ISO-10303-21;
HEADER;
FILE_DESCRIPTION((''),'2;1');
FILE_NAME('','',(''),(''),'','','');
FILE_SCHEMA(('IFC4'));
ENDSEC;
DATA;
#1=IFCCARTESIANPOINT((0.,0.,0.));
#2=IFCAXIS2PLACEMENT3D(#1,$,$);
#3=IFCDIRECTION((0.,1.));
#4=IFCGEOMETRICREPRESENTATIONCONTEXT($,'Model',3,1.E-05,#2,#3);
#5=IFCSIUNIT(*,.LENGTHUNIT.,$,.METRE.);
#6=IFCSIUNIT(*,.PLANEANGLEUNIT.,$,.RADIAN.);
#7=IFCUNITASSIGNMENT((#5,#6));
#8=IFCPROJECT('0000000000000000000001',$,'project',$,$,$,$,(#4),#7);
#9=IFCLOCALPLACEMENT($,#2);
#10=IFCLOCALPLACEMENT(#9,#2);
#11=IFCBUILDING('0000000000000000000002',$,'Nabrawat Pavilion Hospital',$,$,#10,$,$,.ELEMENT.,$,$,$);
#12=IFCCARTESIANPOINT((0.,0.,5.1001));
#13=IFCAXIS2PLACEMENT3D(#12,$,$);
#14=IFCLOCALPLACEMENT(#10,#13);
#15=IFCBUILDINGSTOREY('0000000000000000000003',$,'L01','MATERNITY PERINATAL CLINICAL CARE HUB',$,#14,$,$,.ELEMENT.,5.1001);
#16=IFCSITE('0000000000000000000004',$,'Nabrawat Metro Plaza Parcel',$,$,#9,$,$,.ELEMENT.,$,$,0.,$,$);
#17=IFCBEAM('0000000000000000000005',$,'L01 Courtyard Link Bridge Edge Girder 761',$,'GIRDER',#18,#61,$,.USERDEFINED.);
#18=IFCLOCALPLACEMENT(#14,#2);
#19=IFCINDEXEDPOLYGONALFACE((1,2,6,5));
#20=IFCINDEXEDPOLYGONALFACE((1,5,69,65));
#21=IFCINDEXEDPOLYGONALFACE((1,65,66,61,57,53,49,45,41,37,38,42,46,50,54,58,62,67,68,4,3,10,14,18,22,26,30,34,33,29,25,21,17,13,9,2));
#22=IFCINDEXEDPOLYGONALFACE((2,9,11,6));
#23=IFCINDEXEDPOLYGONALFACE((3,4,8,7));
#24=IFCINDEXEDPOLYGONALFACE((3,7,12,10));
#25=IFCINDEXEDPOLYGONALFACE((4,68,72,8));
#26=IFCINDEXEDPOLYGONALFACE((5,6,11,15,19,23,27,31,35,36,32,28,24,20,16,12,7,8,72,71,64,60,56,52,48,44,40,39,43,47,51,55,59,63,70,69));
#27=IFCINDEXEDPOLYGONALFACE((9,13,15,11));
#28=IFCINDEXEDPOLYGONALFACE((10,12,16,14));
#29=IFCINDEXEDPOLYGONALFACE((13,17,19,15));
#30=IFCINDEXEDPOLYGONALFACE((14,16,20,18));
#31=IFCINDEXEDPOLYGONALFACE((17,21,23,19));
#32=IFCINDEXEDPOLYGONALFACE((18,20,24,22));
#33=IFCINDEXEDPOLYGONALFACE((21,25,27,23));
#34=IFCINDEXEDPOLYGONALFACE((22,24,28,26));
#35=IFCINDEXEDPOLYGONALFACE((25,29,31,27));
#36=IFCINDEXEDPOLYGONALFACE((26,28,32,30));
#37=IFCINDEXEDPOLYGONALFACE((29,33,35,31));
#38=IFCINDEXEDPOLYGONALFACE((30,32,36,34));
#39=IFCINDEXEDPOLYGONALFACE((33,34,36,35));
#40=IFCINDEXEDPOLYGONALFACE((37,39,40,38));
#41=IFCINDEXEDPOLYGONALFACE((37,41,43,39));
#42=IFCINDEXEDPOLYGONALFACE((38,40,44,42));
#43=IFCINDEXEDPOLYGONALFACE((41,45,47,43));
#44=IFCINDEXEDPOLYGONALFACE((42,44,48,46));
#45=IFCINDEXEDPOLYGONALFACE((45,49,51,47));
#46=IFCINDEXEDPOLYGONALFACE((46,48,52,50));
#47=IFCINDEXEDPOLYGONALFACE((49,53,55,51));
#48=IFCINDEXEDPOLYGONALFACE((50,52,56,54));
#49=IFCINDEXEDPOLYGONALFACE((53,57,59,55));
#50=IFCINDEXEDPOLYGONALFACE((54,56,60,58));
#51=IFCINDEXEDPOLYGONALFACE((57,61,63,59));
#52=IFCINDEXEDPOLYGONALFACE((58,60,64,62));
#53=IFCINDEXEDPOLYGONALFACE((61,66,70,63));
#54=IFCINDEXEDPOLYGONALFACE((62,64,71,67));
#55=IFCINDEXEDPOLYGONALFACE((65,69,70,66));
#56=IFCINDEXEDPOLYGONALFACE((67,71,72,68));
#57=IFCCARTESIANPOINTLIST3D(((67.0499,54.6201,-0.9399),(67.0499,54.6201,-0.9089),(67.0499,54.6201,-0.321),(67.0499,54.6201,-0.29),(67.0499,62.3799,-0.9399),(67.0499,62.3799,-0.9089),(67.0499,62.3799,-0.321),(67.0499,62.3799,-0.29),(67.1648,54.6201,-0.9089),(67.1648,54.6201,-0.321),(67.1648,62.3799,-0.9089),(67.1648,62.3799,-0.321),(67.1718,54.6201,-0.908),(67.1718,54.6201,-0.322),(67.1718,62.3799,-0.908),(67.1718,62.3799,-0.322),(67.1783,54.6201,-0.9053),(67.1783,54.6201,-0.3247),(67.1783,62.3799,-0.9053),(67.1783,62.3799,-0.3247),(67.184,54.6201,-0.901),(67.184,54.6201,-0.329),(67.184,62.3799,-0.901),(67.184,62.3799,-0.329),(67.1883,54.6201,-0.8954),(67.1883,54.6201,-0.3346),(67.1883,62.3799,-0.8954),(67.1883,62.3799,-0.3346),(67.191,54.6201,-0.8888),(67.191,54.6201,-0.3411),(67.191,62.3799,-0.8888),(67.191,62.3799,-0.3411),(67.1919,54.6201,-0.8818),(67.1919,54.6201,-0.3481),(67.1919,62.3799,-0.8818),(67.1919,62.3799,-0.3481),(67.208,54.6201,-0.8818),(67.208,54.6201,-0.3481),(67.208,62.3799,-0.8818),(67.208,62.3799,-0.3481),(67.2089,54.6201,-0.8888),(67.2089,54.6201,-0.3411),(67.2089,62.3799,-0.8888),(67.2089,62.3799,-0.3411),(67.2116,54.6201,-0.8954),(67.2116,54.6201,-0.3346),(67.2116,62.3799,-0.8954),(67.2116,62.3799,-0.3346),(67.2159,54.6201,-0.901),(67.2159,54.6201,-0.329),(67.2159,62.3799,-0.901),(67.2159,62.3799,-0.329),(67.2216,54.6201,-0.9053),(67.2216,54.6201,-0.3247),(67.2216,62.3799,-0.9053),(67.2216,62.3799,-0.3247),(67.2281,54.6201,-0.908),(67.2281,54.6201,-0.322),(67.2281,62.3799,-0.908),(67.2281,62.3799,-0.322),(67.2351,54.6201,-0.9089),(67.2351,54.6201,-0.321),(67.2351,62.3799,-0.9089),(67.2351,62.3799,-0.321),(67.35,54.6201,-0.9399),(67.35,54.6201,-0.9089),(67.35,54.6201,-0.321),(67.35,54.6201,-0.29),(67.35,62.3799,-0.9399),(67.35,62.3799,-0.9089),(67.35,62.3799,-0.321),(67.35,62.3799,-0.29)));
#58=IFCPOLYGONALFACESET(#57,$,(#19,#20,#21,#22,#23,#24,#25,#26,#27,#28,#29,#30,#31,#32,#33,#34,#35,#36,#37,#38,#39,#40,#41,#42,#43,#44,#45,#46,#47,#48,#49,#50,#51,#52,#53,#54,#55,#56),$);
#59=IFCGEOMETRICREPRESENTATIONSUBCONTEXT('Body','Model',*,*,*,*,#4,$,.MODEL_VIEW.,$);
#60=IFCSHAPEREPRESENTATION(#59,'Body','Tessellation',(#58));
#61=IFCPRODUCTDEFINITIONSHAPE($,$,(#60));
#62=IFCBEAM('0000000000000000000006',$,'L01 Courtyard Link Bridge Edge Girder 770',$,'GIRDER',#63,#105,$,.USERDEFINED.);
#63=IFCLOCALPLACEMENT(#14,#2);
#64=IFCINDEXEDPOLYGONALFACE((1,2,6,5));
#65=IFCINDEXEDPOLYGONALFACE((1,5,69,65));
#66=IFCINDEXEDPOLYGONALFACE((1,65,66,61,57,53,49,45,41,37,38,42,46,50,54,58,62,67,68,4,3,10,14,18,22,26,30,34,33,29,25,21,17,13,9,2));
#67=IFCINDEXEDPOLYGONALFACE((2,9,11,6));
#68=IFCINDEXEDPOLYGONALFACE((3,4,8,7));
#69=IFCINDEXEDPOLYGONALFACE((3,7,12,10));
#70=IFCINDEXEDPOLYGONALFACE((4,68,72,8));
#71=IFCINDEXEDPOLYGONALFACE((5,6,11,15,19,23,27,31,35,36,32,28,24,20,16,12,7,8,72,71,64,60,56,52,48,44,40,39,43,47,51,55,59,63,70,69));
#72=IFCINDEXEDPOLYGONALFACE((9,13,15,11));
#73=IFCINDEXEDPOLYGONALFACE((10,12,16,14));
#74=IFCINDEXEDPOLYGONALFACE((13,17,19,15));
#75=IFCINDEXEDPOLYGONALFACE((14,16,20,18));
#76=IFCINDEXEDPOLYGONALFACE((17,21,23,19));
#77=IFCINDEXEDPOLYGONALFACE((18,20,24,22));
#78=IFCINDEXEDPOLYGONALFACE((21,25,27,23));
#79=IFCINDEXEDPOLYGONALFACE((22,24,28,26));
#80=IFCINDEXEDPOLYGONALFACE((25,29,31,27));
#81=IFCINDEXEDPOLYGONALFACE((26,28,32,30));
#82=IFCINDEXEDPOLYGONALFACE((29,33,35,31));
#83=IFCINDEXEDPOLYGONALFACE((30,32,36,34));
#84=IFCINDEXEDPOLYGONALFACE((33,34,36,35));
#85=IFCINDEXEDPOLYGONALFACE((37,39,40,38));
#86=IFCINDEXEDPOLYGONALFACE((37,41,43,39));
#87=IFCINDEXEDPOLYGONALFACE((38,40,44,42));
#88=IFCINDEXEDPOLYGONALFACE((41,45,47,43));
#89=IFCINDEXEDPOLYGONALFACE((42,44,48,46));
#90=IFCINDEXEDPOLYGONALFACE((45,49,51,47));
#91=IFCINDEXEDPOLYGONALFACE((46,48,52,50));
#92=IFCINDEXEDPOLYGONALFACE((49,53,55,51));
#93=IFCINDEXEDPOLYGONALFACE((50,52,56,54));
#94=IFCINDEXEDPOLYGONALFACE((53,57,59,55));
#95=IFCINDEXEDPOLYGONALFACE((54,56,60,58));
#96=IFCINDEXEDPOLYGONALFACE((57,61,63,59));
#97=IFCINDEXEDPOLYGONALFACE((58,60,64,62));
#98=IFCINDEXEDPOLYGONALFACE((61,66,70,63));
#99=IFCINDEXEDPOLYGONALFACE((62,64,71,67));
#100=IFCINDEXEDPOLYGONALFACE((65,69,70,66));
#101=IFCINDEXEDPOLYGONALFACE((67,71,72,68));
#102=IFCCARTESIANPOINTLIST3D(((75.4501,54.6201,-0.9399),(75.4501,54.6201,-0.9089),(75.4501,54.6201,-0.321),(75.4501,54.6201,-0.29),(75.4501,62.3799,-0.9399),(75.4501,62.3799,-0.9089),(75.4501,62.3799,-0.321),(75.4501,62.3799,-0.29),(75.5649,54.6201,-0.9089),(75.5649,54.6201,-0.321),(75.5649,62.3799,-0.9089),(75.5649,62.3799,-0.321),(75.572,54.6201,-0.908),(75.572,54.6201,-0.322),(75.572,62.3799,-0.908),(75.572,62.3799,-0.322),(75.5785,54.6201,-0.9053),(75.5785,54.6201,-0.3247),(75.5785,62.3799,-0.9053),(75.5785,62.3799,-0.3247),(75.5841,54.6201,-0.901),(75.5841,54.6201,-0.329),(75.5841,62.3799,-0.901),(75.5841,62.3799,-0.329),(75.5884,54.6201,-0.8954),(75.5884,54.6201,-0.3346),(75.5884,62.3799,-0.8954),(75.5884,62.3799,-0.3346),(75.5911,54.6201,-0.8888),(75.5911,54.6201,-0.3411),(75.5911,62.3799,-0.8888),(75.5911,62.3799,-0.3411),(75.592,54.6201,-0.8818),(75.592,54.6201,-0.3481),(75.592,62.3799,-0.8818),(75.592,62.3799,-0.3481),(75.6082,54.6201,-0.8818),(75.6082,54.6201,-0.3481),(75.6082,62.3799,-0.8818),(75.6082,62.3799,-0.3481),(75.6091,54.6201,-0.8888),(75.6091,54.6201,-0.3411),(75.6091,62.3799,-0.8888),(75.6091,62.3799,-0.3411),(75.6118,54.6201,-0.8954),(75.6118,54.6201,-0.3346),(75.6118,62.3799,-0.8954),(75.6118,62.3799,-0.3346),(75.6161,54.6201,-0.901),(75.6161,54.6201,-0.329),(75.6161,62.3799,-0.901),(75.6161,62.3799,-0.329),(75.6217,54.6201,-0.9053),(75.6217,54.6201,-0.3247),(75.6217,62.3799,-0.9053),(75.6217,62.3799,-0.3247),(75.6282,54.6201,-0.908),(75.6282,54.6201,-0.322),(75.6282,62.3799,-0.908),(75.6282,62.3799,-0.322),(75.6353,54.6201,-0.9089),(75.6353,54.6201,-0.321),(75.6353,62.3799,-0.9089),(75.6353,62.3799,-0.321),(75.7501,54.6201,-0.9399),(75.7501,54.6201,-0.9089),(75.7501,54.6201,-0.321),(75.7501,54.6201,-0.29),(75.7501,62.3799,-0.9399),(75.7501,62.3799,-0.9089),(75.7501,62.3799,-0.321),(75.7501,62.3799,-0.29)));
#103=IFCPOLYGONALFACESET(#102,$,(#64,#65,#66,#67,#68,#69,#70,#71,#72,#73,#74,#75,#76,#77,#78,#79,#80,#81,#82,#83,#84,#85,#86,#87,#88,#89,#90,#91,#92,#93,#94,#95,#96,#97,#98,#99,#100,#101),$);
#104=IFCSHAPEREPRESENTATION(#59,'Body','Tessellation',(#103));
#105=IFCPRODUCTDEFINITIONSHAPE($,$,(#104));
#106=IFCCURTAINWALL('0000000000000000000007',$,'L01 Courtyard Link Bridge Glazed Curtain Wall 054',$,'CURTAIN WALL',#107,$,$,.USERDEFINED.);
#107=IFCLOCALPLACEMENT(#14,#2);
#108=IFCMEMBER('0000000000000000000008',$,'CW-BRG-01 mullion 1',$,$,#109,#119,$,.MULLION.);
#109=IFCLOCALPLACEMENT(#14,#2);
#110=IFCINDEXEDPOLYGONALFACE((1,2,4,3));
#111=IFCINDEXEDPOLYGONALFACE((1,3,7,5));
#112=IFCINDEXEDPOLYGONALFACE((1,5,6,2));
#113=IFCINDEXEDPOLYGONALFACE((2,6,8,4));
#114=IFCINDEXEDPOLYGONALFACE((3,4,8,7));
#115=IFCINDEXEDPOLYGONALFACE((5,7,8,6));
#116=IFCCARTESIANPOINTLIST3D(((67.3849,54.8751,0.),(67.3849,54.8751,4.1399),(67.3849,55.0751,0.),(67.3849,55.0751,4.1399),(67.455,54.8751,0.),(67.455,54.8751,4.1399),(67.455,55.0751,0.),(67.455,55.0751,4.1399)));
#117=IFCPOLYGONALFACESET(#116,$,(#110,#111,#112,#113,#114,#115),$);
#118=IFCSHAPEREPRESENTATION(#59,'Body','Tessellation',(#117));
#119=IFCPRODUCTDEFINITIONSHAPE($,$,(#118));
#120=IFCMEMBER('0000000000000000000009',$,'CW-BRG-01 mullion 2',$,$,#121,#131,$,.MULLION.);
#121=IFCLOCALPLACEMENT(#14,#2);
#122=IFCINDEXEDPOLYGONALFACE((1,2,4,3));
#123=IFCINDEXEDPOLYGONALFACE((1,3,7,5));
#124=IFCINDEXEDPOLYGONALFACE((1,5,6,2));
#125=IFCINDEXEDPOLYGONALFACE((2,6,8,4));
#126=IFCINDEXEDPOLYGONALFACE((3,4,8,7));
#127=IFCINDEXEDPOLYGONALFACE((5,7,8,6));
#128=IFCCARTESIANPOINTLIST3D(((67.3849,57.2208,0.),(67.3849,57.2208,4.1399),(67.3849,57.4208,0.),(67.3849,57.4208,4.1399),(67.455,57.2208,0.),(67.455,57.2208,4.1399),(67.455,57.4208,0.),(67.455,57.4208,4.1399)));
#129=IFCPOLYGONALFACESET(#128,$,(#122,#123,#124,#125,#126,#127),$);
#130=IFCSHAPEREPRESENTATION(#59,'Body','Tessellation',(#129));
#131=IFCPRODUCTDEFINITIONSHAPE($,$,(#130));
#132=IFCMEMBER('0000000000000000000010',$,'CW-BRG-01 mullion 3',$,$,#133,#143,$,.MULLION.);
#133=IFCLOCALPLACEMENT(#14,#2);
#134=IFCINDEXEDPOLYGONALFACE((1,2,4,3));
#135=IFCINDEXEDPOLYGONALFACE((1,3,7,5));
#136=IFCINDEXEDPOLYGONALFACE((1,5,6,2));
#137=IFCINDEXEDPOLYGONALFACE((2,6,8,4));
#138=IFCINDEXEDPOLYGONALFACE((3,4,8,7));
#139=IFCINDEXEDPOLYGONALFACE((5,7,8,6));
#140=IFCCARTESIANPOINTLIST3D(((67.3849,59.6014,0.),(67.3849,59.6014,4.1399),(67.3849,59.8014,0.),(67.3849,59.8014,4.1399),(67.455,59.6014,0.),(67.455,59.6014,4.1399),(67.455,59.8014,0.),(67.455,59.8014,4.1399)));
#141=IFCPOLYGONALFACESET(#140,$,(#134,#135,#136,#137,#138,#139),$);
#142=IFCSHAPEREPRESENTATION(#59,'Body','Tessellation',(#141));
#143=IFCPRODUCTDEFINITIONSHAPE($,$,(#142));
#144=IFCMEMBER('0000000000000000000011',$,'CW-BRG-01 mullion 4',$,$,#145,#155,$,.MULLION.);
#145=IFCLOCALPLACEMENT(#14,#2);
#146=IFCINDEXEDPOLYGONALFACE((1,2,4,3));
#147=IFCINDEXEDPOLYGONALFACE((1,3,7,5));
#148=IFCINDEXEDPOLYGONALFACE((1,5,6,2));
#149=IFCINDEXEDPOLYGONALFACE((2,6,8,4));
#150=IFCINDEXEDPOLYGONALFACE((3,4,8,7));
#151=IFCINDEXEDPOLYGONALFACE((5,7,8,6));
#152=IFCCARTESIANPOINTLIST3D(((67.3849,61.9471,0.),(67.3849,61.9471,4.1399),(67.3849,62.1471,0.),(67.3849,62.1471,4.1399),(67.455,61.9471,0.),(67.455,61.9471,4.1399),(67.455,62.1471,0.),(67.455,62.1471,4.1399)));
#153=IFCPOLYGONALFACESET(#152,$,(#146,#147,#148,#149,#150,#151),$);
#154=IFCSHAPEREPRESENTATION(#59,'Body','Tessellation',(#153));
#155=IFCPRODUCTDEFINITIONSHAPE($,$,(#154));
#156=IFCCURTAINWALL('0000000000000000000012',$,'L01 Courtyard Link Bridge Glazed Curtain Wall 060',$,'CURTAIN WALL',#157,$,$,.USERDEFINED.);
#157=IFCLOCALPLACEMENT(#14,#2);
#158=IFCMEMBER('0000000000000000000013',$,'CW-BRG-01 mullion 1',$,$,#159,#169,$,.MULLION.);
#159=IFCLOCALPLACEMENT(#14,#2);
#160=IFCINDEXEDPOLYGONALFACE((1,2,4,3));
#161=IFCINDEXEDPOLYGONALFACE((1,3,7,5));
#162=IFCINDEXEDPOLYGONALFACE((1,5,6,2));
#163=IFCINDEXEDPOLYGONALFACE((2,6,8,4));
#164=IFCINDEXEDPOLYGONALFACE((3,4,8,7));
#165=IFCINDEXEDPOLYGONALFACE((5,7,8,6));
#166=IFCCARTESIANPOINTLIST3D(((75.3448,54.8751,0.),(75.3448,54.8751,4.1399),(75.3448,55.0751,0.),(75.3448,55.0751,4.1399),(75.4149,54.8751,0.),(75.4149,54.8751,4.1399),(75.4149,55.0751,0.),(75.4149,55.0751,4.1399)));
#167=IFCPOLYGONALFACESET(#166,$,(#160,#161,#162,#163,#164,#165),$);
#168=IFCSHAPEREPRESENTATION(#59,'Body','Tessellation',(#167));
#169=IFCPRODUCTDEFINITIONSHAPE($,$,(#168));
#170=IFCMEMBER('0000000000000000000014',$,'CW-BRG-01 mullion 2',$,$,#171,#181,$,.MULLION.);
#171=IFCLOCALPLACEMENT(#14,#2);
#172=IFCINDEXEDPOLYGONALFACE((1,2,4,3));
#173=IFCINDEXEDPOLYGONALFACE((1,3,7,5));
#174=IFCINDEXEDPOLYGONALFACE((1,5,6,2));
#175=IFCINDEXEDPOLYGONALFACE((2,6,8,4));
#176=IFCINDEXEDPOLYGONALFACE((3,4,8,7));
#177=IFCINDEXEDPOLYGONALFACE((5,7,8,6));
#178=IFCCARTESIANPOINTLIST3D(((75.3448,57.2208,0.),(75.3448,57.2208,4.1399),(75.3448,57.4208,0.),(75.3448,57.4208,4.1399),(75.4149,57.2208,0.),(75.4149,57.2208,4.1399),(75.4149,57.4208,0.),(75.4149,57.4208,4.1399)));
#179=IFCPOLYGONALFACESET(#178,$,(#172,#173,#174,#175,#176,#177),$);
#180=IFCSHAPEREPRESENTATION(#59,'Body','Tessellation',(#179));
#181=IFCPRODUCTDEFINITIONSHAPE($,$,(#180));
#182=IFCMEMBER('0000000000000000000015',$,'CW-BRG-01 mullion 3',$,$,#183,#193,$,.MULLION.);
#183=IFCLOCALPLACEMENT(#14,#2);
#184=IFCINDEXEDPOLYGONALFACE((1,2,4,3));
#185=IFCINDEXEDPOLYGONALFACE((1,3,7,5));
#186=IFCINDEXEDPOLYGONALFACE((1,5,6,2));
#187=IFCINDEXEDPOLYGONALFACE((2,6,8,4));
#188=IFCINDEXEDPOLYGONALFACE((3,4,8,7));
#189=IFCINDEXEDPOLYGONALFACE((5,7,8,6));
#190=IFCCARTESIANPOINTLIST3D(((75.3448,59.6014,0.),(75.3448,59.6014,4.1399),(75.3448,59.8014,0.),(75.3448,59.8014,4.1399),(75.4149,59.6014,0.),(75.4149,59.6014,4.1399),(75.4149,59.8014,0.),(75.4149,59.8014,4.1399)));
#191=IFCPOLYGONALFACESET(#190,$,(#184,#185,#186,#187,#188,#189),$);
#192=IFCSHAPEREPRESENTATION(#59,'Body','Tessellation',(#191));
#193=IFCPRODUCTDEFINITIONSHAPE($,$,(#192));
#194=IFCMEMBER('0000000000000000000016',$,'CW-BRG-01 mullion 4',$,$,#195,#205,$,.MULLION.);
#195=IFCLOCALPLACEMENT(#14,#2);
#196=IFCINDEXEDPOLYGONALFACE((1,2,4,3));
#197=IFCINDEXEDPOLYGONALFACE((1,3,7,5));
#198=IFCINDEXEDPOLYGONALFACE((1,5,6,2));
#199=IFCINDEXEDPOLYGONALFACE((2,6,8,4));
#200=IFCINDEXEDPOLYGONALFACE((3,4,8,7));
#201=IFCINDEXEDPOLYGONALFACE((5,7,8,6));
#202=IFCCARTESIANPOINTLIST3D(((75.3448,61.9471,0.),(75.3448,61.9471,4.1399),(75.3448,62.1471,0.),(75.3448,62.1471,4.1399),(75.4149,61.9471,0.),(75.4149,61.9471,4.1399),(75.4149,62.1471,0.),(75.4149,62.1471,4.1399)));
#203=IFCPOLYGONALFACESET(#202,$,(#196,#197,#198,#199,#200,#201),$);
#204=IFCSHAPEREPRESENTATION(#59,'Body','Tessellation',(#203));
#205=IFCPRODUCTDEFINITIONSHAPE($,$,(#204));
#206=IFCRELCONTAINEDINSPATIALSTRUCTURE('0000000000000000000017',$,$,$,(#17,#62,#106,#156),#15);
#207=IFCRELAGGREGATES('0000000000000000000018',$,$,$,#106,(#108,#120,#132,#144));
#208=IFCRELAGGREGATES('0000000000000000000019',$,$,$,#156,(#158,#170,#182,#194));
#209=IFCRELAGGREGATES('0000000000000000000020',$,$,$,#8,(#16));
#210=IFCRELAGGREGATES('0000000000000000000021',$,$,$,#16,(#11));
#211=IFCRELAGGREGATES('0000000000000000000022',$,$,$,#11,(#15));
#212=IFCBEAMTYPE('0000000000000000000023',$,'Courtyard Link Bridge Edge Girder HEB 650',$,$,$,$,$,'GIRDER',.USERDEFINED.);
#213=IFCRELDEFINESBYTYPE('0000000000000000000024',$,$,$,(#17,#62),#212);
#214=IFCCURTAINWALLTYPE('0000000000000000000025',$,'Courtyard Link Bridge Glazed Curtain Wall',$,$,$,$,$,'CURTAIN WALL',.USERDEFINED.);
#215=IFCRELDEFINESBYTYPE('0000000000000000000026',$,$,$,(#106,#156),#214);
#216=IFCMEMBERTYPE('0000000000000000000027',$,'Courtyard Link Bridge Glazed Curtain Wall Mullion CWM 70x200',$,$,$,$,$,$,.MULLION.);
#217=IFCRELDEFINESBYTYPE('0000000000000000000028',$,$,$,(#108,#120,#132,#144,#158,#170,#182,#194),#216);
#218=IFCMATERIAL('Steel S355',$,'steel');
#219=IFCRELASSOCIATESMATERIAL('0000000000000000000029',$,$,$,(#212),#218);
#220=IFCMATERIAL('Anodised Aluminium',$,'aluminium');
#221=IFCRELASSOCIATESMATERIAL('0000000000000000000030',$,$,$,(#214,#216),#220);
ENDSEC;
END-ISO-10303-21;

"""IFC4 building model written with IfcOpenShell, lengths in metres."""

from ifc_helpers import new_model, si_unit, direction, frame, origin, origin_2d, place, context, subcontext, project, spatial, rectangle, i_section, extrude, material, material_profile, profile_set, type_object, element, aggregate, save


model = new_model("IFC4")

# Units and contexts
model_context = context("Model", 3, precision=1e-05, world=origin(), true_north=direction((0.0, 1.0)))
body_context = subcontext(model_context, "Body", "Model", "MODEL_VIEW")
ifc_project = project(units=[si_unit("LENGTHUNIT", "METRE"), si_unit("PLANEANGLEUNIT", "RADIAN")], contexts=[model_context])

# Site, building, storey
site_placement = place(None, origin())
site = spatial("IfcSite", under=ifc_project, at=site_placement, Name="Nabrawat Metro Plaza Parcel", CompositionType="ELEMENT", RefElevation=0.0)
building_placement = place(site_placement, origin())
building = spatial("IfcBuilding", under=site, at=building_placement, Name="Nabrawat Pavilion Hospital", CompositionType="ELEMENT")
storey_placement = place(building_placement, frame((0.0, 0.0, 5.1001)))
storey = spatial("IfcBuildingStorey", under=building, at=storey_placement, Name="L01", Description="MATERNITY PERINATAL CLINICAL CARE HUB", CompositionType="ELEMENT", Elevation=5.1001)

# Shared definitions
ifc_material_1 = material(Name="Steel S355", Category="steel")

# Beams
ifc_material_profile_1 = material_profile(ifc_material_1, i_section(OverallWidth=0.3, OverallDepth=0.6499, WebThickness=0.0161, FlangeThickness=0.031, FilletRadius=0.0271, at=origin_2d()), Name="HEB 650")
ifc_profile_set_1 = profile_set([ifc_material_profile_1], Name="Steel S355")
beam_type_1 = type_object("IfcBeamType", Name="Courtyard Link Bridge Edge Girder HEB 650", ElementType="GIRDER", PredefinedType="USERDEFINED", material=ifc_profile_set_1)
for number, where, z_axis, x_axis, name in (
    (1, (67.2, 54.6201, -0.615), (0.0, 1.0, 0.0), (-1.0, 0.0, 0.0), "L01 Courtyard Link Bridge Edge Girder 761"),
    (2, (75.6001, 54.6201, -0.615), (0.0, 1.0, 0.0), (-1.0, 0.0, 0.0), "L01 Courtyard Link Bridge Edge Girder 770"),
):
    element("IfcBeam", number, at=place(storey_placement, frame(where, z_axis=z_axis, x_axis=x_axis)), inside=storey, type_object=beam_type_1, Name=name, ObjectType="GIRDER", PredefinedType="USERDEFINED", context=body_context, shape_type="SweptSolid", body=[
        extrude(i_section(OverallWidth=0.3, OverallDepth=0.6499, WebThickness=0.0161, FlangeThickness=0.031, FilletRadius=0.0271, at=origin_2d()), origin(), (0.0, 0.0, 1.0), 7.7598),
    ])

# Curtain walls, members
ifc_material_2 = material(Name="Anodised Aluminium", Category="aluminium")
curtain_wall_type = type_object("IfcCurtainWallType", Name="Courtyard Link Bridge Glazed Curtain Wall", ElementType="CURTAIN WALL", PredefinedType="USERDEFINED", material=ifc_material_2)
curtain_wall_1_placement = place(storey_placement, origin())
curtain_wall_1 = element("IfcCurtainWall", 3, at=curtain_wall_1_placement, inside=storey, type_object=curtain_wall_type, Name="L01 Courtyard Link Bridge Glazed Curtain Wall 054", ObjectType="CURTAIN WALL", PredefinedType="USERDEFINED")
ifc_material_profile_2 = material_profile(ifc_material_2, rectangle(XDim=0.0701, YDim=0.2, at=origin_2d()), Name="CWM 70x200")
ifc_profile_set_2 = profile_set([ifc_material_profile_2], Name="Anodised Aluminium")
member_type_1 = type_object("IfcMemberType", Name="Courtyard Link Bridge Glazed Curtain Wall Mullion CWM 70x200", PredefinedType="MULLION", material=ifc_profile_set_2)
member_1_placement = place(storey_placement, frame((67.4199, 54.9751, 0.0), z_axis=(0.0, 0.0, 1.0), x_axis=(-1.0, 0.0, 0.0)))
member_1 = element("IfcMember", 4, at=member_1_placement, type_object=member_type_1, Name="CW-BRG-01 mullion 1", PredefinedType="MULLION", context=body_context, shape_type="SweptSolid", body=[
    extrude(rectangle(XDim=0.0701, YDim=0.2, at=origin_2d()), origin(), (0.0, 0.0, 1.0), 4.1399),
])
member_2_placement = place(storey_placement, frame((67.4199, 57.3208, 0.0), z_axis=(0.0, 0.0, 1.0), x_axis=(-1.0, 0.0, 0.0)))
member_2 = element("IfcMember", 5, at=member_2_placement, type_object=member_type_1, Name="CW-BRG-01 mullion 2", PredefinedType="MULLION", context=body_context, shape_type="SweptSolid", body=[
    extrude(rectangle(XDim=0.0701, YDim=0.2, at=origin_2d()), origin(), (0.0, 0.0, 1.0), 4.1399),
])
member_3_placement = place(storey_placement, frame((67.4199, 59.7014, 0.0), z_axis=(0.0, 0.0, 1.0), x_axis=(-1.0, 0.0, 0.0)))
member_3 = element("IfcMember", 6, at=member_3_placement, type_object=member_type_1, Name="CW-BRG-01 mullion 3", PredefinedType="MULLION", context=body_context, shape_type="SweptSolid", body=[
    extrude(rectangle(XDim=0.0701, YDim=0.2, at=origin_2d()), origin(), (0.0, 0.0, 1.0), 4.1399),
])
member_4_placement = place(storey_placement, frame((67.4199, 62.0471, 0.0), z_axis=(0.0, 0.0, 1.0), x_axis=(-1.0, 0.0, 0.0)))
member_4 = element("IfcMember", 7, at=member_4_placement, type_object=member_type_1, Name="CW-BRG-01 mullion 4", PredefinedType="MULLION", context=body_context, shape_type="SweptSolid", body=[
    extrude(rectangle(XDim=0.0701, YDim=0.2, at=origin_2d()), origin(), (0.0, 0.0, 1.0), 4.1399),
])
curtain_wall_2_placement = place(storey_placement, origin())
curtain_wall_2 = element("IfcCurtainWall", 8, at=curtain_wall_2_placement, inside=storey, type_object=curtain_wall_type, Name="L01 Courtyard Link Bridge Glazed Curtain Wall 060", ObjectType="CURTAIN WALL", PredefinedType="USERDEFINED")
member_5_placement = place(storey_placement, frame((75.3799, 54.9751, 0.0), z_axis=(0.0, 0.0, 1.0), x_axis=(-1.0, 0.0, 0.0)))
member_5 = element("IfcMember", 9, at=member_5_placement, type_object=member_type_1, Name="CW-BRG-01 mullion 1", PredefinedType="MULLION", context=body_context, shape_type="SweptSolid", body=[
    extrude(rectangle(XDim=0.0701, YDim=0.2, at=origin_2d()), origin(), (0.0, 0.0, 1.0), 4.1399),
])
member_6_placement = place(storey_placement, frame((75.3799, 57.3208, 0.0), z_axis=(0.0, 0.0, 1.0), x_axis=(-1.0, 0.0, 0.0)))
member_6 = element("IfcMember", 10, at=member_6_placement, type_object=member_type_1, Name="CW-BRG-01 mullion 2", PredefinedType="MULLION", context=body_context, shape_type="SweptSolid", body=[
    extrude(rectangle(XDim=0.0701, YDim=0.2, at=origin_2d()), origin(), (0.0, 0.0, 1.0), 4.1399),
])
member_7_placement = place(storey_placement, frame((75.3799, 59.7014, 0.0), z_axis=(0.0, 0.0, 1.0), x_axis=(-1.0, 0.0, 0.0)))
member_7 = element("IfcMember", 11, at=member_7_placement, type_object=member_type_1, Name="CW-BRG-01 mullion 3", PredefinedType="MULLION", context=body_context, shape_type="SweptSolid", body=[
    extrude(rectangle(XDim=0.0701, YDim=0.2, at=origin_2d()), origin(), (0.0, 0.0, 1.0), 4.1399),
])
member_8_placement = place(storey_placement, frame((75.3799, 62.0471, 0.0), z_axis=(0.0, 0.0, 1.0), x_axis=(-1.0, 0.0, 0.0)))
member_8 = element("IfcMember", 12, at=member_8_placement, type_object=member_type_1, Name="CW-BRG-01 mullion 4", PredefinedType="MULLION", context=body_context, shape_type="SweptSolid", body=[
    extrude(rectangle(XDim=0.0701, YDim=0.2, at=origin_2d()), origin(), (0.0, 0.0, 1.0), 4.1399),
])

aggregate(curtain_wall_1, [member_1, member_2, member_3, member_4])
aggregate(curtain_wall_2, [member_5, member_6, member_7, member_8])

save(model, "model.ifc")
